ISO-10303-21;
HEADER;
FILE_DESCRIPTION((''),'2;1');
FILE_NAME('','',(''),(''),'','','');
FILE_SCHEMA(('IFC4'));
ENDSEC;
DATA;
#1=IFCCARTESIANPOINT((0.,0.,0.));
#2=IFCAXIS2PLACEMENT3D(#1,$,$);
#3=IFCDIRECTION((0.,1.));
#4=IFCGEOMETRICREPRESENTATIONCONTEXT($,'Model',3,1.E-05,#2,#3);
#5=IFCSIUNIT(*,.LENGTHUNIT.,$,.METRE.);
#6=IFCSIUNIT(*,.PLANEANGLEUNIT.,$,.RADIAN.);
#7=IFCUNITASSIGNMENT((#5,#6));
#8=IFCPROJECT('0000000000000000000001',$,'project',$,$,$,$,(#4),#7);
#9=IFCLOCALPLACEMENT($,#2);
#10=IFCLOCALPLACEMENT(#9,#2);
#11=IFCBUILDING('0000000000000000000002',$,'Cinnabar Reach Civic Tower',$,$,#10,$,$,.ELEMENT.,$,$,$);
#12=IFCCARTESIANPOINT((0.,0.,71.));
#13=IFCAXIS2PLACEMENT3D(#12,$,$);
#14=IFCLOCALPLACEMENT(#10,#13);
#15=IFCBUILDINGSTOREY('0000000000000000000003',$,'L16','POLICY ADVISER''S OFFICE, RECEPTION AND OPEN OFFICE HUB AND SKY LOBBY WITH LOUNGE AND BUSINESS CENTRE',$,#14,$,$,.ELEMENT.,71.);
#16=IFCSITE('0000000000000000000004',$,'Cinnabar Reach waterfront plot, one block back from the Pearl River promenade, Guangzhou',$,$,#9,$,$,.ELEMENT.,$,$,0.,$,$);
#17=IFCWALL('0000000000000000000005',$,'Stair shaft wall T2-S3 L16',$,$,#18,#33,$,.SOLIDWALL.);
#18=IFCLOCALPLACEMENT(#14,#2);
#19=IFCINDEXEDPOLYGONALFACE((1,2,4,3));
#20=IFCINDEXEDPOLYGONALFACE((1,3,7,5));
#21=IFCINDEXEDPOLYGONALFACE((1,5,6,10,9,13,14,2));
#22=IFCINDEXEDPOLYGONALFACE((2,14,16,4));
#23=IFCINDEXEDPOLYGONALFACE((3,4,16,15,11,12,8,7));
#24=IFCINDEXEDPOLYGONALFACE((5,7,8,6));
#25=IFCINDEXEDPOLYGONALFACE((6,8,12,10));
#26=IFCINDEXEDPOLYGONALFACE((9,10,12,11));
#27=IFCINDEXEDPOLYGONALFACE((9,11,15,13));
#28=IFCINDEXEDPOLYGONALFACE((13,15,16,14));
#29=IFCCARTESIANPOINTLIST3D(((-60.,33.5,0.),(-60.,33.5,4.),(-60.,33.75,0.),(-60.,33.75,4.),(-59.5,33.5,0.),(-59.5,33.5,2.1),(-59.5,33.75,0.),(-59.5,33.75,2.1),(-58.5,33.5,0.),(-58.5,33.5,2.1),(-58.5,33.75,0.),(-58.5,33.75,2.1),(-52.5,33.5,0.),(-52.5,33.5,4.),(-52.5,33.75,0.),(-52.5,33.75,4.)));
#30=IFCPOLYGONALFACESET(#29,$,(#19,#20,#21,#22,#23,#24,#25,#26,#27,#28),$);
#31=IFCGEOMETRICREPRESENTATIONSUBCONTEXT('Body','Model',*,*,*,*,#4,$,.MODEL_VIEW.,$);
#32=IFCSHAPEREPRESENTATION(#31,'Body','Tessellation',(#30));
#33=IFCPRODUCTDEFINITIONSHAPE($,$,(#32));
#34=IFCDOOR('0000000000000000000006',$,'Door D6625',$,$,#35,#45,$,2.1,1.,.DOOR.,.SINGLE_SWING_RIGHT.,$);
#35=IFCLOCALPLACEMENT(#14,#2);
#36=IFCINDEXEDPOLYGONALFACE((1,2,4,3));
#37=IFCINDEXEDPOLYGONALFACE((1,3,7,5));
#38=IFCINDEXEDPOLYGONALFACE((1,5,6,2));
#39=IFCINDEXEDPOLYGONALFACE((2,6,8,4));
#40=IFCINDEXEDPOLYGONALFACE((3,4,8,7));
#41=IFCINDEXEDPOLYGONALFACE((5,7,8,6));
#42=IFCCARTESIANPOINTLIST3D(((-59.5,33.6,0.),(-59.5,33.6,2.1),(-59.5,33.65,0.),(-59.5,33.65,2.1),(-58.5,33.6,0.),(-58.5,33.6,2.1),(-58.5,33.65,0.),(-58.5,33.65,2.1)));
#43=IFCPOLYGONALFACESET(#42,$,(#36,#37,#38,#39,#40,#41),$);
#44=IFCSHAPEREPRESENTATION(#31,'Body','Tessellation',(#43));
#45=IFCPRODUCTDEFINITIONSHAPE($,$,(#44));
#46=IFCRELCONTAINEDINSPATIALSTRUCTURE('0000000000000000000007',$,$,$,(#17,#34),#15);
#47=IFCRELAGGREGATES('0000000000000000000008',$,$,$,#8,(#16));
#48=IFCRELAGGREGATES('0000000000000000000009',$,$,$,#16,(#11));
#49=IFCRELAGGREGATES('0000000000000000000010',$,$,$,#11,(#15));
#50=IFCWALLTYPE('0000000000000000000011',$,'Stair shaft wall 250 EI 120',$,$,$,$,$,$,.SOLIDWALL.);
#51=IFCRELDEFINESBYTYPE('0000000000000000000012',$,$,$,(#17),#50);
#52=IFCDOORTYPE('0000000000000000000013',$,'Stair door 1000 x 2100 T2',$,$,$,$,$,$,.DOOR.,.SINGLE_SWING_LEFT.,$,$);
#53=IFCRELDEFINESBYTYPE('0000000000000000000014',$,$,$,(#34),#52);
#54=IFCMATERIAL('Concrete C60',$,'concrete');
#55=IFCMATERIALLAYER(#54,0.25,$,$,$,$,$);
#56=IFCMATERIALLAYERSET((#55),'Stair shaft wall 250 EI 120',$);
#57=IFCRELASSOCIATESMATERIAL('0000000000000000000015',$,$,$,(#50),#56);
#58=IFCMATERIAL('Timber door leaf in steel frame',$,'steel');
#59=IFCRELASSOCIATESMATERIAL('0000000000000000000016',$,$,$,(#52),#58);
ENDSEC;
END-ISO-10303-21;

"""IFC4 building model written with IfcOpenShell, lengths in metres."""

from ifc_helpers import new_model, si_unit, direction, frame, frame_2d, origin, place, context, subcontext, project, spatial, rectangle, extrude, material, layer, layer_set, type_object, element, fill, save


model = new_model("IFC4")

# Units and contexts
model_context = context("Model", 3, precision=1e-05, world=origin(), true_north=direction((0.0, 1.0)))
body_context = subcontext(model_context, "Body", "Model", "MODEL_VIEW")
ifc_project = project(units=[si_unit("LENGTHUNIT", "METRE"), si_unit("PLANEANGLEUNIT", "RADIAN")], contexts=[model_context])

# Site, building, storey
site_placement = place(None, origin())
site = spatial("IfcSite", under=ifc_project, at=site_placement, Name="Cinnabar Reach waterfront plot, one block back from the Pearl River promenade, Guangzhou", CompositionType="ELEMENT", RefElevation=0.0)
building_placement = place(site_placement, origin())
building = spatial("IfcBuilding", under=site, at=building_placement, Name="Cinnabar Reach Civic Tower", CompositionType="ELEMENT")
storey_placement = place(building_placement, frame((0.0, 0.0, 71.0)))
storey = spatial("IfcBuildingStorey", under=building, at=storey_placement, Name="L16", Description="POLICY ADVISER'S OFFICE, RECEPTION AND OPEN OFFICE HUB AND SKY LOBBY WITH LOUNGE AND BUSINESS CENTRE", CompositionType="ELEMENT", Elevation=71.0)

# Shared definitions
ifc_material_1 = material(Name="Concrete C60", Category="concrete")

# Shared definitions
ifc_material_2 = material(Name="Timber door leaf in steel frame", Category="steel")

# Wall, opening, door
ifc_layer_1 = layer(ifc_material_1, 0.25)
ifc_layer_set_1 = layer_set([ifc_layer_1], Name="Stair shaft wall 250 EI 120")
wall_type_1 = type_object("IfcWallType", Name="Stair shaft wall 250 EI 120", PredefinedType="SOLIDWALL", material=ifc_layer_set_1)
wall_1_placement = place(storey_placement, frame((-52.5, 33.625, 0.0), z_axis=(0.0, 0.0, 1.0), x_axis=(-1.0, 0.0, 0.0)))
wall_1 = element("IfcWall", 1, at=wall_1_placement, inside=storey, type_object=wall_type_1, Name="Stair shaft wall T2-S3 L16", PredefinedType="SOLIDWALL", context=body_context, shape_type="SweptSolid", body=[
    extrude(rectangle(XDim=7.5, YDim=0.25, at=frame_2d((3.75, 0.0))), origin(), (0.0, 0.0, 1.0), 4.0),
])
opening_1_placement = place(wall_1_placement, frame((6.0, 0.0, 0.0)))
opening_1 = element("IfcOpeningElement", 2, at=opening_1_placement, cuts=wall_1, PredefinedType="OPENING", context=body_context, shape_type="SweptSolid", body=[
    extrude(rectangle(XDim=1.0, YDim=2.1, at=frame_2d((0.5, 1.05))), frame((0.0, 0.135, 0.0), z_axis=(0.0, -1.0, 0.0), x_axis=(1.0, 0.0, 0.0)), (0.0, 0.0, 1.0), 0.27),
])
door_type_1 = type_object("IfcDoorType", Name="Stair door 1000 x 2100 T2", OperationType="SINGLE_SWING_LEFT", PredefinedType="DOOR", material=ifc_material_2)
door_1_placement = place(opening_1_placement, origin())
door_1 = element("IfcDoor", 3, at=door_1_placement, inside=storey, type_object=door_type_1, Name="Door D6625", OperationType="SINGLE_SWING_RIGHT", OverallHeight=2.1, OverallWidth=1.0, PredefinedType="DOOR", context=body_context, shape_type="SweptSolid", body=[
    extrude(rectangle(XDim=1.0, YDim=2.1, at=frame_2d((0.5, 1.05))), frame((0.0, 0.025, 0.0), z_axis=(0.0, -1.0, 0.0), x_axis=(1.0, 0.0, 0.0)), (0.0, 0.0, 1.0), 0.05),
])
fill(opening_1, door_1)

save(model, "model.ifc")
